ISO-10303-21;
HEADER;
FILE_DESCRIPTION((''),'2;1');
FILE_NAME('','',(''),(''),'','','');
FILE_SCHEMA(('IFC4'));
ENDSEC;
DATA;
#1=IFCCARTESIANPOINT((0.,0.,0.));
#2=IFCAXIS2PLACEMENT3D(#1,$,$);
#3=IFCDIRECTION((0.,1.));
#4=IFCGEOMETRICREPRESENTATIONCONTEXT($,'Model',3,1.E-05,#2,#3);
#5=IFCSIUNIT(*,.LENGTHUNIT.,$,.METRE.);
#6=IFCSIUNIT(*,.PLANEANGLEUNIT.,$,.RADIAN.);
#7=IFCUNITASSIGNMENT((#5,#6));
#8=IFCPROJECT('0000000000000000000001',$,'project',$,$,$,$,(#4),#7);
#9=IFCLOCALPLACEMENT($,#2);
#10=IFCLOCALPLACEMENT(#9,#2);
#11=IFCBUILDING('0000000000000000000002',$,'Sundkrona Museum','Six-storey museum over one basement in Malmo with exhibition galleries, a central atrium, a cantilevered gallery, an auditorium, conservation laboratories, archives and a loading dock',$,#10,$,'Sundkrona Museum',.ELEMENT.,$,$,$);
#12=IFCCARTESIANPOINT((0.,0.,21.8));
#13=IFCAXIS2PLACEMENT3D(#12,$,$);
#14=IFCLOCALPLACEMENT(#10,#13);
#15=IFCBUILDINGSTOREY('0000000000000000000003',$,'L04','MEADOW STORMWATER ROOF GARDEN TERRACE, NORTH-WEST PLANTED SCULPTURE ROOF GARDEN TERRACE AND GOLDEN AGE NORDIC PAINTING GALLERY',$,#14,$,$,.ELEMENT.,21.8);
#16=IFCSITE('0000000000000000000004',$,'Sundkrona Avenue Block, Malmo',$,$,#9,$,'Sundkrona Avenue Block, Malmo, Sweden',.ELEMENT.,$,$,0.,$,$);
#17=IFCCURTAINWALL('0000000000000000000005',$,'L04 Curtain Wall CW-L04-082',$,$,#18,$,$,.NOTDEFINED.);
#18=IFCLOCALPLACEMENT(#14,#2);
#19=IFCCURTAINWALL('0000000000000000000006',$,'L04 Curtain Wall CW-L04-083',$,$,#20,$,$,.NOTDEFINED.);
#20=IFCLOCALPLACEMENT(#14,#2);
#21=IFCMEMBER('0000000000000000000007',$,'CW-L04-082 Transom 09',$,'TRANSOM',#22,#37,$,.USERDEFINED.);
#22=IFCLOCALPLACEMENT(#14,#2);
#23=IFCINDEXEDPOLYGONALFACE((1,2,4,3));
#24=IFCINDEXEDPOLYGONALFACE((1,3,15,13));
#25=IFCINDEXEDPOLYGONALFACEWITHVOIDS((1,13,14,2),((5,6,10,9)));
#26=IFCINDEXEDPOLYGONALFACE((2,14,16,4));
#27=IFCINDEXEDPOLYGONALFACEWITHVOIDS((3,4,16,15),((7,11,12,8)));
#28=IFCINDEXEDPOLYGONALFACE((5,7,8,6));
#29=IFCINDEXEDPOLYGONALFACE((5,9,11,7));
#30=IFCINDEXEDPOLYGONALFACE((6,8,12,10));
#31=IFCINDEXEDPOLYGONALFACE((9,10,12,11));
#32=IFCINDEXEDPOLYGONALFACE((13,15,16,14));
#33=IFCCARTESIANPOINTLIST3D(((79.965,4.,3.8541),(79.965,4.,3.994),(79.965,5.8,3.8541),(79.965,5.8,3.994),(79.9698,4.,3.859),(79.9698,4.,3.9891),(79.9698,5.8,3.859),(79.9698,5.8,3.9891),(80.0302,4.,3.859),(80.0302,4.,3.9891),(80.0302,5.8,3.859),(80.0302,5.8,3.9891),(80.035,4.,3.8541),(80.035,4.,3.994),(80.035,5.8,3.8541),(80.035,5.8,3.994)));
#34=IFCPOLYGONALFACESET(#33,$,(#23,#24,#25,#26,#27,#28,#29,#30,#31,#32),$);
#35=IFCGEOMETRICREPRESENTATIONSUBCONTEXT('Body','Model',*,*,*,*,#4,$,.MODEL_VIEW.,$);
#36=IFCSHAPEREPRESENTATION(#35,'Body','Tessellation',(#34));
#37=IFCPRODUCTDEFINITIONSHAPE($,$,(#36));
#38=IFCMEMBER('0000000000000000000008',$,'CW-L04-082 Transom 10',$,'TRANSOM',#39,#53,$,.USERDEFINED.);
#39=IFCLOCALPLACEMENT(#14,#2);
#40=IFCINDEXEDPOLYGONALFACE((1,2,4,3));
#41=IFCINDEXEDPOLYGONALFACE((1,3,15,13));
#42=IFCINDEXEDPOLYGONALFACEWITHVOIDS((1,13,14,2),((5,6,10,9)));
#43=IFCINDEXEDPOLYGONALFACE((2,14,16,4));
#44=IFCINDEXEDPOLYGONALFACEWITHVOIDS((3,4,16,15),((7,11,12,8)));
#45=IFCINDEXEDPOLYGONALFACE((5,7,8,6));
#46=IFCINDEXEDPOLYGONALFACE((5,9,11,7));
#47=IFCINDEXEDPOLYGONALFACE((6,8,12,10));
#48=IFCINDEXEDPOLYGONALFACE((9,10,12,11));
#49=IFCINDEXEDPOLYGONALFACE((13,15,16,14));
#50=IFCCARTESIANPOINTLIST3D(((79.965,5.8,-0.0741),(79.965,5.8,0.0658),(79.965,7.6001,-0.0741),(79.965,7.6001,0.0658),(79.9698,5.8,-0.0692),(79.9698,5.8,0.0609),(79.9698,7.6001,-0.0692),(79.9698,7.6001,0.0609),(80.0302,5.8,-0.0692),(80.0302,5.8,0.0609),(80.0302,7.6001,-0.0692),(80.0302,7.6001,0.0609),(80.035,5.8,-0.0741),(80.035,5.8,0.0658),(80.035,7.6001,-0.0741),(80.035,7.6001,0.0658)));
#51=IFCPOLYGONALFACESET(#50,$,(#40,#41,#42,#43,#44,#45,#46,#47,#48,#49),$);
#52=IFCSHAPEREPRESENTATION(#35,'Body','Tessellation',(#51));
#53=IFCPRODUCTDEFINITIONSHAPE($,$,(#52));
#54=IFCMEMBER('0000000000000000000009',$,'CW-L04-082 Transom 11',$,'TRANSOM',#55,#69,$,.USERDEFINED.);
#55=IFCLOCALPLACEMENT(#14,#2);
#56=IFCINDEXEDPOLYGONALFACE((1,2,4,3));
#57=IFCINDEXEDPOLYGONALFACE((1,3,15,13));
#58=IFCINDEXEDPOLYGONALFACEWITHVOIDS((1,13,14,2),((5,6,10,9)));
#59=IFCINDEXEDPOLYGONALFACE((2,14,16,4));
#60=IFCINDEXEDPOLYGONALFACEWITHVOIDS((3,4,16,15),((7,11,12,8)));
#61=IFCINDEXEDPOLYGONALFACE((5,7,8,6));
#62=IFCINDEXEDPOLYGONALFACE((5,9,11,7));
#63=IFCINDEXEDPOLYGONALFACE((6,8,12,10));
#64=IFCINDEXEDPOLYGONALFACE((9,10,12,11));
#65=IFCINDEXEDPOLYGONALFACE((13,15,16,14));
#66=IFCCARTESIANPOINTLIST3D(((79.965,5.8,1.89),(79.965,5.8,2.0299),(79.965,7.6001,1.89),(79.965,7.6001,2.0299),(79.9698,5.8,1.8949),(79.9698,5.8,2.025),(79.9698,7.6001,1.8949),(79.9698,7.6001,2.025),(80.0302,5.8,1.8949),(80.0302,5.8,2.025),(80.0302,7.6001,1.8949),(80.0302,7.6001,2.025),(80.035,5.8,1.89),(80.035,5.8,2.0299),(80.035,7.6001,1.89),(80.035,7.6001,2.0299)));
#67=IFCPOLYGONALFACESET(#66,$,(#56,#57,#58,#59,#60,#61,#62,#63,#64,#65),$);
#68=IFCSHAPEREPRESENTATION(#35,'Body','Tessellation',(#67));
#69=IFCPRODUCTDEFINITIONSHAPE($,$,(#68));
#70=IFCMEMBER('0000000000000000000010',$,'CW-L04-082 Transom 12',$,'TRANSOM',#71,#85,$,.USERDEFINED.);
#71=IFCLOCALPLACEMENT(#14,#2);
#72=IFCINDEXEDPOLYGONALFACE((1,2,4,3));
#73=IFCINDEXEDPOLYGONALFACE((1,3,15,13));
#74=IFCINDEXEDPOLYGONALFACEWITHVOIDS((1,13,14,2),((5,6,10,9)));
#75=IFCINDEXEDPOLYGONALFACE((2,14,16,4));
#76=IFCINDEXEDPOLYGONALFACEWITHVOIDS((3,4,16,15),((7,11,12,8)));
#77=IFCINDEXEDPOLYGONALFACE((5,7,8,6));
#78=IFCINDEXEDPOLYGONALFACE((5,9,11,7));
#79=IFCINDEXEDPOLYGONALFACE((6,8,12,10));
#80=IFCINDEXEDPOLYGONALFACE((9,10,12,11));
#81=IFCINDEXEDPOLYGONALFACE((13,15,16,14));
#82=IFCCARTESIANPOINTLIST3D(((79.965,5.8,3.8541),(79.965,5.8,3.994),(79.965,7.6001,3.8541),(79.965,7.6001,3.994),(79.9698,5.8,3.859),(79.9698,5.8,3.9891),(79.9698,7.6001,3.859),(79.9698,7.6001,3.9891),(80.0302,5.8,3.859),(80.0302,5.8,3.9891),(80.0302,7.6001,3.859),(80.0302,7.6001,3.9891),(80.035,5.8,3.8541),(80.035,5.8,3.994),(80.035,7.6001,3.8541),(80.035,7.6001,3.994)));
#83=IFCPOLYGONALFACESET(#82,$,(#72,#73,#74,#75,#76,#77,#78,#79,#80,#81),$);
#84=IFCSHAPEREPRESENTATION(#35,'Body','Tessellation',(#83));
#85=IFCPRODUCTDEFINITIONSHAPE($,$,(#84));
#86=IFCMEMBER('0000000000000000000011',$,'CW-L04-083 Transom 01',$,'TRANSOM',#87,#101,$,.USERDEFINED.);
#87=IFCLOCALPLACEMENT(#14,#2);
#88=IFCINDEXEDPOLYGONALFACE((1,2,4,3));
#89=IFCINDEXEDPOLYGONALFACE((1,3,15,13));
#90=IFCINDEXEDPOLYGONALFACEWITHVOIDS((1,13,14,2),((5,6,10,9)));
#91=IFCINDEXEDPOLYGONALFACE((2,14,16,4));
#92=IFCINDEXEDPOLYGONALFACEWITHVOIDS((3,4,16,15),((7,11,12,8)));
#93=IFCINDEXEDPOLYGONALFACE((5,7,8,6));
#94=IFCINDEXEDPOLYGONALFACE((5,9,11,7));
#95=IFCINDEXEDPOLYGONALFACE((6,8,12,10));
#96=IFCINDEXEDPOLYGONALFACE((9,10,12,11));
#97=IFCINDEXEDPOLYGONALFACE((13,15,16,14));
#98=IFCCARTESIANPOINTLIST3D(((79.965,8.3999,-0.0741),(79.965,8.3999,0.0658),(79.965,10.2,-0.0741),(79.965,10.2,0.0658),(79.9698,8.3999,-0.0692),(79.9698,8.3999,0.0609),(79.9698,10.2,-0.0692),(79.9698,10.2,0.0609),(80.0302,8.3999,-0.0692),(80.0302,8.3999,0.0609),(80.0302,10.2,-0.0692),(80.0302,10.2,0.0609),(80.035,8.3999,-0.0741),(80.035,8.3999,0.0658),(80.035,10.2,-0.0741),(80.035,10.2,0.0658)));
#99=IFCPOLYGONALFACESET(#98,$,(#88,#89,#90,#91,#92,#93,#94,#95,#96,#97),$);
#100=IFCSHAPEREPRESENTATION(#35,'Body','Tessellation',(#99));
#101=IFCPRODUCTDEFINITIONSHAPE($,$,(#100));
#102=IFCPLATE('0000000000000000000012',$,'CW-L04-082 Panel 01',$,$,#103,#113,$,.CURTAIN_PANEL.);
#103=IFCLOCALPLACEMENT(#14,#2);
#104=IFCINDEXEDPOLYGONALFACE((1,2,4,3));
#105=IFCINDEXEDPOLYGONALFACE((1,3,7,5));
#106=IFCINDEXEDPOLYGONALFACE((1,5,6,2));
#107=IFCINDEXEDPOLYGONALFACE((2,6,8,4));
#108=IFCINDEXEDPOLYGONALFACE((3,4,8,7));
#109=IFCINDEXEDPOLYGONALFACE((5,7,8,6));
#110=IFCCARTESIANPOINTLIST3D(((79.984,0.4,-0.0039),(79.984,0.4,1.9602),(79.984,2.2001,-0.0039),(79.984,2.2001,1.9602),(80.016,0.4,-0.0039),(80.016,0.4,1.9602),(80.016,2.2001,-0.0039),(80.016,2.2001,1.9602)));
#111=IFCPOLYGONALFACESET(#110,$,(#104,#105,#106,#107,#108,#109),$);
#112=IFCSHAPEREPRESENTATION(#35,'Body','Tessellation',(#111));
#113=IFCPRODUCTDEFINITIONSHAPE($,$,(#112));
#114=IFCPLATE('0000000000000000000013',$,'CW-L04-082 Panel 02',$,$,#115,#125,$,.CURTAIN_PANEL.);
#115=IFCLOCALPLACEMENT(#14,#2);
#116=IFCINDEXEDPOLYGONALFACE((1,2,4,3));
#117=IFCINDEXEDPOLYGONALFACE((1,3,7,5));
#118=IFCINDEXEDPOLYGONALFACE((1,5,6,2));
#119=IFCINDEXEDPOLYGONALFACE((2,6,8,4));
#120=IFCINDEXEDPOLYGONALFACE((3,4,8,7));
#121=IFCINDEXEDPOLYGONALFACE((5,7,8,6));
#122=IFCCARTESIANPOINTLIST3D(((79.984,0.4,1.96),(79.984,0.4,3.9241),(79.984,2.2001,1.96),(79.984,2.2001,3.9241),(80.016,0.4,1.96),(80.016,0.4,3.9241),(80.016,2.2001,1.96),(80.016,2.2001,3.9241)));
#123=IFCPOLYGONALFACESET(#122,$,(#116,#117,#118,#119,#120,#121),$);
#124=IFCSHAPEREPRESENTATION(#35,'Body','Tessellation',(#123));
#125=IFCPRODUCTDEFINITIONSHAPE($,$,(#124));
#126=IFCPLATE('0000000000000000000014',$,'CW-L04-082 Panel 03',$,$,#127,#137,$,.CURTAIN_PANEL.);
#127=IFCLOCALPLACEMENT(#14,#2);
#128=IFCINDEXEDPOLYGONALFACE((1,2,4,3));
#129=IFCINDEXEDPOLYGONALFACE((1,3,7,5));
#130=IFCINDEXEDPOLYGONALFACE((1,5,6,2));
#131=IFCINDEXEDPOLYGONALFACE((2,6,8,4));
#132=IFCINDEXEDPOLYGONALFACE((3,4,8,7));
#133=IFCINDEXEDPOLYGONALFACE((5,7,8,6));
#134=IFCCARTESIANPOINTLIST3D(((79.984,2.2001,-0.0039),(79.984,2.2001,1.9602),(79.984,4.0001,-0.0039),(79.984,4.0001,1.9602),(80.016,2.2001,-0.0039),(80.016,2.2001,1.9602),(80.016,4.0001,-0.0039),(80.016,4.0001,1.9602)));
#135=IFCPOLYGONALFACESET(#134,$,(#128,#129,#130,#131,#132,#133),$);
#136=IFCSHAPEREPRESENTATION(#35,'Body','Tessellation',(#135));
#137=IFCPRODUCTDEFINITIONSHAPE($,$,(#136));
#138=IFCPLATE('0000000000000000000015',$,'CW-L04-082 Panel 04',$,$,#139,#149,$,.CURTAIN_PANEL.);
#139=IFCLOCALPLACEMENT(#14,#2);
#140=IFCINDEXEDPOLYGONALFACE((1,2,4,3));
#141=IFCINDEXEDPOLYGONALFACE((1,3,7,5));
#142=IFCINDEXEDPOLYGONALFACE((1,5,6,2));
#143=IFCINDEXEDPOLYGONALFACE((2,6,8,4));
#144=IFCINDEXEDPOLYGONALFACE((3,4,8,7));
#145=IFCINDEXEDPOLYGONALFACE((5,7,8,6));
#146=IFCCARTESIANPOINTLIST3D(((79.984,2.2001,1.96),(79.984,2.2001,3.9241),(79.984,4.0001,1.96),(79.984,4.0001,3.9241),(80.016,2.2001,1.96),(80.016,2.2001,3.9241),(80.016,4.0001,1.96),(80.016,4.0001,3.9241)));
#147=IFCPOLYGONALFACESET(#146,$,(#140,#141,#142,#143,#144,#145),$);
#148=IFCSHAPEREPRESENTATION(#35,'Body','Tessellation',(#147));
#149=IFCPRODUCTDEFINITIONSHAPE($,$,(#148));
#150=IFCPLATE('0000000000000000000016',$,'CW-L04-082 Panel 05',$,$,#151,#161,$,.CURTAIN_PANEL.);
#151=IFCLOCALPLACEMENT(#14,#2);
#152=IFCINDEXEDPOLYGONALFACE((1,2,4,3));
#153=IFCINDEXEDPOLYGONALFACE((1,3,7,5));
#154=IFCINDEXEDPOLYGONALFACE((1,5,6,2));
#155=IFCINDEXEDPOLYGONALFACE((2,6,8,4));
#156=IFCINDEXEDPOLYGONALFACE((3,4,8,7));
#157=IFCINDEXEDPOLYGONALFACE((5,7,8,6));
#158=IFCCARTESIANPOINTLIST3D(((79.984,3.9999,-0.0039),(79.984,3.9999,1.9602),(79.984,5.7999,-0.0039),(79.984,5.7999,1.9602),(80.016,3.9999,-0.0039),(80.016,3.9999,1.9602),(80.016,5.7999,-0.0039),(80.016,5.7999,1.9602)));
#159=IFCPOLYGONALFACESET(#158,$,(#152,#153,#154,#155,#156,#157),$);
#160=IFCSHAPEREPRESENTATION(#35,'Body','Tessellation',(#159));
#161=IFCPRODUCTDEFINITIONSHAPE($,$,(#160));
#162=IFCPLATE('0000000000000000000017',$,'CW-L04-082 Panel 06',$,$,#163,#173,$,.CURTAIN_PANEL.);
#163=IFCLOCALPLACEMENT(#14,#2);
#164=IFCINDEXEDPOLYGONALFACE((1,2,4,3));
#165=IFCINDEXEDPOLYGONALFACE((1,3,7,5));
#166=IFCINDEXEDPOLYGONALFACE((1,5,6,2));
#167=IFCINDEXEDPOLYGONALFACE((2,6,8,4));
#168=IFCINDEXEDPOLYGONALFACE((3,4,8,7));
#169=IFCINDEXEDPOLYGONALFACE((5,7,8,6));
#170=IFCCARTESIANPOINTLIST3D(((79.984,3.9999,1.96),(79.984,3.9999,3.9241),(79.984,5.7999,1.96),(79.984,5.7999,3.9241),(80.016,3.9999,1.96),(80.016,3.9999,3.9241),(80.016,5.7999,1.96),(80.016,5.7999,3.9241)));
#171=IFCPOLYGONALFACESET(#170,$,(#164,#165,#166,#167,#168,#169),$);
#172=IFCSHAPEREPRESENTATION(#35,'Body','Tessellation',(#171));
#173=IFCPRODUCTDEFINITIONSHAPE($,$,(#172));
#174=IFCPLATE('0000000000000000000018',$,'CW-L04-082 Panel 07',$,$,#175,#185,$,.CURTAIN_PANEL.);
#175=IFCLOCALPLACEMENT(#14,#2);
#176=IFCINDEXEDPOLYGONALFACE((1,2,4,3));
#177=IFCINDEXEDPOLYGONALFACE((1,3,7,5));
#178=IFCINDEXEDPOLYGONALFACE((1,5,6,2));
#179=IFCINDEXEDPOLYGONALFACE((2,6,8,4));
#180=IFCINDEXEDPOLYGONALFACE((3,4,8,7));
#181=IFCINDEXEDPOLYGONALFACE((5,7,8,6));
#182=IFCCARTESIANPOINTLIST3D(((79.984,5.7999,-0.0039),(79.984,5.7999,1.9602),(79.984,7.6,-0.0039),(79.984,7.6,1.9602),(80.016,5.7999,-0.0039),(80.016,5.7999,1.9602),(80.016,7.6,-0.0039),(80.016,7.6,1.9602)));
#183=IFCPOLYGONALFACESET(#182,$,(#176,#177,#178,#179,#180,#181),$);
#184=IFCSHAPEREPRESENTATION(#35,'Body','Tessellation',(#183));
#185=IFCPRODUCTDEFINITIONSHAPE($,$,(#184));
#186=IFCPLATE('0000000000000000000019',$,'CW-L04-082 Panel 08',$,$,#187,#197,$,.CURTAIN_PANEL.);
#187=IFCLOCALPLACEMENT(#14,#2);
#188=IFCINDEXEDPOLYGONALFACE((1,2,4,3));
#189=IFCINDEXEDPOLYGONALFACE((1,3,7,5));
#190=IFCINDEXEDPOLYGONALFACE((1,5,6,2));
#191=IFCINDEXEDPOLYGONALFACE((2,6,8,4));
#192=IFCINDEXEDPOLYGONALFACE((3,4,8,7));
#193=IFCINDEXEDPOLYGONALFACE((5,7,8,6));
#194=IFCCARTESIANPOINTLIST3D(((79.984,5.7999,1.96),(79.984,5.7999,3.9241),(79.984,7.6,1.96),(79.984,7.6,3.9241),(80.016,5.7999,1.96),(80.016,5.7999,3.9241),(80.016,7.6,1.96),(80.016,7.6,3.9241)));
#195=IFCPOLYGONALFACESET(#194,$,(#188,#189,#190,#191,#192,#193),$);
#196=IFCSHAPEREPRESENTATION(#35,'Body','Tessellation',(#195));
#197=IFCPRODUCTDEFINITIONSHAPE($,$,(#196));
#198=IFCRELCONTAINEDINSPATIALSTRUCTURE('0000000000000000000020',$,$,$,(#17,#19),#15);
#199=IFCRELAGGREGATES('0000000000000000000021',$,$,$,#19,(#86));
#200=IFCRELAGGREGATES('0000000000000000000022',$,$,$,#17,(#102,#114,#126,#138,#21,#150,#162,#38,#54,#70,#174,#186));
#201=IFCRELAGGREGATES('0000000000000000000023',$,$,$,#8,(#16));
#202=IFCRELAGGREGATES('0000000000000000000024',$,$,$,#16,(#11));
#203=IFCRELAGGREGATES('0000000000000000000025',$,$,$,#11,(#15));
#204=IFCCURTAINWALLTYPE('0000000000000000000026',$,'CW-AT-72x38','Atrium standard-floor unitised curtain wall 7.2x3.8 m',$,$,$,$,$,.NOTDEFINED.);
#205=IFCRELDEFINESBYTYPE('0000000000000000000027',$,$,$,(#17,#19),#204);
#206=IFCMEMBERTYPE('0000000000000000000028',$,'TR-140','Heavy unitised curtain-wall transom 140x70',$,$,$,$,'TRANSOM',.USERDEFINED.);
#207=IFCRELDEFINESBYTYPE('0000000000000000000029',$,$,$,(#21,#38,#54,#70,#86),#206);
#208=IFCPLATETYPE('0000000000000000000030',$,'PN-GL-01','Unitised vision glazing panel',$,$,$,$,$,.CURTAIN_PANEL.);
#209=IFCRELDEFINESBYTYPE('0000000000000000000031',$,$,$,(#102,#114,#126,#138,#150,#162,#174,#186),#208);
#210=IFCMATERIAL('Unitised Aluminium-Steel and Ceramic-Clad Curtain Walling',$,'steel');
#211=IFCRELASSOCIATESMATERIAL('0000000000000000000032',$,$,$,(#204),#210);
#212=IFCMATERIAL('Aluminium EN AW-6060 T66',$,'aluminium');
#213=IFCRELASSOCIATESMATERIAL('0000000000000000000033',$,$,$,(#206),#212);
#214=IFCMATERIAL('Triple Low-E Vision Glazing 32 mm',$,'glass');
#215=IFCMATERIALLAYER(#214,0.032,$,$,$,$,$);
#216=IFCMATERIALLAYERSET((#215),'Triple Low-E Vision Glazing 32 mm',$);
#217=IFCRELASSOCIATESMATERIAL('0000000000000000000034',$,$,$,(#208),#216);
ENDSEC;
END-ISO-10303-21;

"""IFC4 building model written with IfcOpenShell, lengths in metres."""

from ifc_helpers import new_model, si_unit, direction, frame, origin, origin_2d, place, context, subcontext, project, spatial, rectangle, hollow_rectangle, extrude, material, layer, layer_set, material_profile, profile_set, type_object, element, aggregate, save


model = new_model("IFC4")

# Units and contexts
model_context = context("Model", 3, precision=1e-05, world=origin(), true_north=direction((0.0, 1.0)))
body_context = subcontext(model_context, "Body", "Model", "MODEL_VIEW")
ifc_project = project(units=[si_unit("LENGTHUNIT", "METRE"), si_unit("PLANEANGLEUNIT", "RADIAN")], contexts=[model_context])

# Site, building, storey
site_placement = place(None, origin())
site = spatial("IfcSite", under=ifc_project, at=site_placement, Name="Sundkrona Avenue Block, Malmo", LongName="Sundkrona Avenue Block, Malmo, Sweden", CompositionType="ELEMENT", RefElevation=0.0)
building_placement = place(site_placement, origin())
building = spatial("IfcBuilding", under=site, at=building_placement, Name="Sundkrona Museum", Description="Six-storey museum over one basement in Malmo with exhibition galleries, a central atrium, a cantilevered gallery, an auditorium, conservation laboratories, archives and a loading dock", LongName="Sundkrona Museum", CompositionType="ELEMENT")
storey_placement = place(building_placement, frame((0.0, 0.0, 21.8)))
storey = spatial("IfcBuildingStorey", under=building, at=storey_placement, Name="L04", Description="MEADOW STORMWATER ROOF GARDEN TERRACE, NORTH-WEST PLANTED SCULPTURE ROOF GARDEN TERRACE AND GOLDEN AGE NORDIC PAINTING GALLERY", CompositionType="ELEMENT", Elevation=21.8)

# Curtain wall
ifc_material_1 = material(Name="Unitised Aluminium-Steel and Ceramic-Clad Curtain Walling", Category="steel")
curtain_wall_type = type_object("IfcCurtainWallType", Name="CW-AT-72x38", Description="Atrium standard-floor unitised curtain wall 7.2x3.8 m", PredefinedType="NOTDEFINED", material=ifc_material_1)
curtain_wall_1_placement = place(storey_placement, origin())
curtain_wall_1 = element("IfcCurtainWall", 1, at=curtain_wall_1_placement, inside=storey, type_object=curtain_wall_type, Name="L04 Curtain Wall CW-L04-082", PredefinedType="NOTDEFINED")
ifc_material_2 = material(Name="Aluminium EN AW-6060 T66", Category="aluminium")

# Curtain wall
curtain_wall_2_placement = place(storey_placement, origin())
curtain_wall_2 = element("IfcCurtainWall", 2, at=curtain_wall_2_placement, inside=storey, type_object=curtain_wall_type, Name="L04 Curtain Wall CW-L04-083", PredefinedType="NOTDEFINED")

# Members
ifc_material_profile_1 = material_profile(ifc_material_2, hollow_rectangle(XDim=0.0701, YDim=0.1399, WallThickness=0.0049, at=origin_2d()), Name="RHS 140x70x5.0")
ifc_profile_set_1 = profile_set([ifc_material_profile_1], Name="Aluminium EN AW-6060 T66")
member_type_1 = type_object("IfcMemberType", Name="TR-140", Description="Heavy unitised curtain-wall transom 140x70", ElementType="TRANSOM", PredefinedType="USERDEFINED", material=ifc_profile_set_1)
member_1_placement = place(storey_placement, frame((80.0, 4.0, 3.9241), z_axis=(0.0, 1.0, 0.0), x_axis=(-1.0, 0.0, 0.0)))
member_1 = element("IfcMember", 3, at=member_1_placement, type_object=member_type_1, Name="CW-L04-082 Transom 09", ObjectType="TRANSOM", PredefinedType="USERDEFINED", context=body_context, shape_type="SweptSolid", body=[
    extrude(hollow_rectangle(XDim=0.0701, YDim=0.1399, WallThickness=0.0049, at=origin_2d()), origin(), (0.0, 0.0, 1.0), 1.8),
])
member_2_placement = place(storey_placement, frame((80.0, 5.8, -0.0042), z_axis=(0.0, 1.0, 0.0), x_axis=(-1.0, 0.0, 0.0)))
member_2 = element("IfcMember", 4, at=member_2_placement, type_object=member_type_1, Name="CW-L04-082 Transom 10", ObjectType="TRANSOM", PredefinedType="USERDEFINED", context=body_context, shape_type="SweptSolid", body=[
    extrude(hollow_rectangle(XDim=0.0701, YDim=0.1399, WallThickness=0.0049, at=origin_2d()), origin(), (0.0, 0.0, 1.0), 1.8),
])
member_3_placement = place(storey_placement, frame((80.0, 5.8, 1.96), z_axis=(0.0, 1.0, 0.0), x_axis=(-1.0, 0.0, 0.0)))
member_3 = element("IfcMember", 5, at=member_3_placement, type_object=member_type_1, Name="CW-L04-082 Transom 11", ObjectType="TRANSOM", PredefinedType="USERDEFINED", context=body_context, shape_type="SweptSolid", body=[
    extrude(hollow_rectangle(XDim=0.0701, YDim=0.1399, WallThickness=0.0049, at=origin_2d()), origin(), (0.0, 0.0, 1.0), 1.8),
])
member_4_placement = place(storey_placement, frame((80.0, 5.8, 3.9241), z_axis=(0.0, 1.0, 0.0), x_axis=(-1.0, 0.0, 0.0)))
member_4 = element("IfcMember", 6, at=member_4_placement, type_object=member_type_1, Name="CW-L04-082 Transom 12", ObjectType="TRANSOM", PredefinedType="USERDEFINED", context=body_context, shape_type="SweptSolid", body=[
    extrude(hollow_rectangle(XDim=0.0701, YDim=0.1399, WallThickness=0.0049, at=origin_2d()), origin(), (0.0, 0.0, 1.0), 1.8),
])
member_5_placement = place(storey_placement, frame((80.0, 8.3999, -0.0042), z_axis=(0.0, 1.0, 0.0), x_axis=(-1.0, 0.0, 0.0)))
member_5 = element("IfcMember", 7, at=member_5_placement, type_object=member_type_1, Name="CW-L04-083 Transom 01", ObjectType="TRANSOM", PredefinedType="USERDEFINED", context=body_context, shape_type="SweptSolid", body=[
    extrude(hollow_rectangle(XDim=0.0701, YDim=0.1399, WallThickness=0.0049, at=origin_2d()), origin(), (0.0, 0.0, 1.0), 1.8),
])
aggregate(curtain_wall_2, [member_5])

# Plates
ifc_material_3 = material(Name="Triple Low-E Vision Glazing 32 mm", Category="glass")
ifc_layer_1 = layer(ifc_material_3, 0.032)
ifc_layer_set_1 = layer_set([ifc_layer_1], Name="Triple Low-E Vision Glazing 32 mm")
plate_type = type_object("IfcPlateType", Name="PN-GL-01", Description="Unitised vision glazing panel", PredefinedType="CURTAIN_PANEL", material=ifc_layer_set_1)
plate_1_placement = place(storey_placement, frame((80.0, 1.3, -0.0039), z_axis=(0.0, 0.0, 1.0), x_axis=(0.0, 1.0, 0.0)))
plate_1 = element("IfcPlate", 8, at=plate_1_placement, type_object=plate_type, Name="CW-L04-082 Panel 01", PredefinedType="CURTAIN_PANEL", context=body_context, shape_type="SweptSolid", body=[
    extrude(rectangle(XDim=1.8, YDim=0.032, at=origin_2d()), origin(), (0.0, 0.0, 1.0), 1.9641),
])
plate_2_placement = place(storey_placement, frame((80.0, 1.3, 1.96), z_axis=(0.0, 0.0, 1.0), x_axis=(0.0, 1.0, 0.0)))
plate_2 = element("IfcPlate", 9, at=plate_2_placement, type_object=plate_type, Name="CW-L04-082 Panel 02", PredefinedType="CURTAIN_PANEL", context=body_context, shape_type="SweptSolid", body=[
    extrude(rectangle(XDim=1.8, YDim=0.032, at=origin_2d()), origin(), (0.0, 0.0, 1.0), 1.9641),
])
plate_3_placement = place(storey_placement, frame((80.0, 3.1001, -0.0039), z_axis=(0.0, 0.0, 1.0), x_axis=(0.0, 1.0, 0.0)))
plate_3 = element("IfcPlate", 10, at=plate_3_placement, type_object=plate_type, Name="CW-L04-082 Panel 03", PredefinedType="CURTAIN_PANEL", context=body_context, shape_type="SweptSolid", body=[
    extrude(rectangle(XDim=1.8, YDim=0.032, at=origin_2d()), origin(), (0.0, 0.0, 1.0), 1.9641),
])
plate_4_placement = place(storey_placement, frame((80.0, 3.1001, 1.96), z_axis=(0.0, 0.0, 1.0), x_axis=(0.0, 1.0, 0.0)))
plate_4 = element("IfcPlate", 11, at=plate_4_placement, type_object=plate_type, Name="CW-L04-082 Panel 04", PredefinedType="CURTAIN_PANEL", context=body_context, shape_type="SweptSolid", body=[
    extrude(rectangle(XDim=1.8, YDim=0.032, at=origin_2d()), origin(), (0.0, 0.0, 1.0), 1.9641),
])
plate_5_placement = place(storey_placement, frame((80.0, 4.8999, -0.0039), z_axis=(0.0, 0.0, 1.0), x_axis=(0.0, 1.0, 0.0)))
plate_5 = element("IfcPlate", 12, at=plate_5_placement, type_object=plate_type, Name="CW-L04-082 Panel 05", PredefinedType="CURTAIN_PANEL", context=body_context, shape_type="SweptSolid", body=[
    extrude(rectangle(XDim=1.8, YDim=0.032, at=origin_2d()), origin(), (0.0, 0.0, 1.0), 1.9641),
])
plate_6_placement = place(storey_placement, frame((80.0, 4.8999, 1.96), z_axis=(0.0, 0.0, 1.0), x_axis=(0.0, 1.0, 0.0)))
plate_6 = element("IfcPlate", 13, at=plate_6_placement, type_object=plate_type, Name="CW-L04-082 Panel 06", PredefinedType="CURTAIN_PANEL", context=body_context, shape_type="SweptSolid", body=[
    extrude(rectangle(XDim=1.8, YDim=0.032, at=origin_2d()), origin(), (0.0, 0.0, 1.0), 1.9641),
])
plate_7_placement = place(storey_placement, frame((80.0, 6.7, -0.0039), z_axis=(0.0, 0.0, 1.0), x_axis=(0.0, 1.0, 0.0)))
plate_7 = element("IfcPlate", 14, at=plate_7_placement, type_object=plate_type, Name="CW-L04-082 Panel 07", PredefinedType="CURTAIN_PANEL", context=body_context, shape_type="SweptSolid", body=[
    extrude(rectangle(XDim=1.8, YDim=0.032, at=origin_2d()), origin(), (0.0, 0.0, 1.0), 1.9641),
])
plate_8_placement = place(storey_placement, frame((80.0, 6.7, 1.96), z_axis=(0.0, 0.0, 1.0), x_axis=(0.0, 1.0, 0.0)))
plate_8 = element("IfcPlate", 15, at=plate_8_placement, type_object=plate_type, Name="CW-L04-082 Panel 08", PredefinedType="CURTAIN_PANEL", context=body_context, shape_type="SweptSolid", body=[
    extrude(rectangle(XDim=1.8, YDim=0.032, at=origin_2d()), origin(), (0.0, 0.0, 1.0), 1.9641),
])
aggregate(curtain_wall_1, [plate_1, plate_2, plate_3, plate_4, member_1, plate_5, plate_6, member_2, member_3, member_4, plate_7, plate_8])

save(model, "model.ifc")
